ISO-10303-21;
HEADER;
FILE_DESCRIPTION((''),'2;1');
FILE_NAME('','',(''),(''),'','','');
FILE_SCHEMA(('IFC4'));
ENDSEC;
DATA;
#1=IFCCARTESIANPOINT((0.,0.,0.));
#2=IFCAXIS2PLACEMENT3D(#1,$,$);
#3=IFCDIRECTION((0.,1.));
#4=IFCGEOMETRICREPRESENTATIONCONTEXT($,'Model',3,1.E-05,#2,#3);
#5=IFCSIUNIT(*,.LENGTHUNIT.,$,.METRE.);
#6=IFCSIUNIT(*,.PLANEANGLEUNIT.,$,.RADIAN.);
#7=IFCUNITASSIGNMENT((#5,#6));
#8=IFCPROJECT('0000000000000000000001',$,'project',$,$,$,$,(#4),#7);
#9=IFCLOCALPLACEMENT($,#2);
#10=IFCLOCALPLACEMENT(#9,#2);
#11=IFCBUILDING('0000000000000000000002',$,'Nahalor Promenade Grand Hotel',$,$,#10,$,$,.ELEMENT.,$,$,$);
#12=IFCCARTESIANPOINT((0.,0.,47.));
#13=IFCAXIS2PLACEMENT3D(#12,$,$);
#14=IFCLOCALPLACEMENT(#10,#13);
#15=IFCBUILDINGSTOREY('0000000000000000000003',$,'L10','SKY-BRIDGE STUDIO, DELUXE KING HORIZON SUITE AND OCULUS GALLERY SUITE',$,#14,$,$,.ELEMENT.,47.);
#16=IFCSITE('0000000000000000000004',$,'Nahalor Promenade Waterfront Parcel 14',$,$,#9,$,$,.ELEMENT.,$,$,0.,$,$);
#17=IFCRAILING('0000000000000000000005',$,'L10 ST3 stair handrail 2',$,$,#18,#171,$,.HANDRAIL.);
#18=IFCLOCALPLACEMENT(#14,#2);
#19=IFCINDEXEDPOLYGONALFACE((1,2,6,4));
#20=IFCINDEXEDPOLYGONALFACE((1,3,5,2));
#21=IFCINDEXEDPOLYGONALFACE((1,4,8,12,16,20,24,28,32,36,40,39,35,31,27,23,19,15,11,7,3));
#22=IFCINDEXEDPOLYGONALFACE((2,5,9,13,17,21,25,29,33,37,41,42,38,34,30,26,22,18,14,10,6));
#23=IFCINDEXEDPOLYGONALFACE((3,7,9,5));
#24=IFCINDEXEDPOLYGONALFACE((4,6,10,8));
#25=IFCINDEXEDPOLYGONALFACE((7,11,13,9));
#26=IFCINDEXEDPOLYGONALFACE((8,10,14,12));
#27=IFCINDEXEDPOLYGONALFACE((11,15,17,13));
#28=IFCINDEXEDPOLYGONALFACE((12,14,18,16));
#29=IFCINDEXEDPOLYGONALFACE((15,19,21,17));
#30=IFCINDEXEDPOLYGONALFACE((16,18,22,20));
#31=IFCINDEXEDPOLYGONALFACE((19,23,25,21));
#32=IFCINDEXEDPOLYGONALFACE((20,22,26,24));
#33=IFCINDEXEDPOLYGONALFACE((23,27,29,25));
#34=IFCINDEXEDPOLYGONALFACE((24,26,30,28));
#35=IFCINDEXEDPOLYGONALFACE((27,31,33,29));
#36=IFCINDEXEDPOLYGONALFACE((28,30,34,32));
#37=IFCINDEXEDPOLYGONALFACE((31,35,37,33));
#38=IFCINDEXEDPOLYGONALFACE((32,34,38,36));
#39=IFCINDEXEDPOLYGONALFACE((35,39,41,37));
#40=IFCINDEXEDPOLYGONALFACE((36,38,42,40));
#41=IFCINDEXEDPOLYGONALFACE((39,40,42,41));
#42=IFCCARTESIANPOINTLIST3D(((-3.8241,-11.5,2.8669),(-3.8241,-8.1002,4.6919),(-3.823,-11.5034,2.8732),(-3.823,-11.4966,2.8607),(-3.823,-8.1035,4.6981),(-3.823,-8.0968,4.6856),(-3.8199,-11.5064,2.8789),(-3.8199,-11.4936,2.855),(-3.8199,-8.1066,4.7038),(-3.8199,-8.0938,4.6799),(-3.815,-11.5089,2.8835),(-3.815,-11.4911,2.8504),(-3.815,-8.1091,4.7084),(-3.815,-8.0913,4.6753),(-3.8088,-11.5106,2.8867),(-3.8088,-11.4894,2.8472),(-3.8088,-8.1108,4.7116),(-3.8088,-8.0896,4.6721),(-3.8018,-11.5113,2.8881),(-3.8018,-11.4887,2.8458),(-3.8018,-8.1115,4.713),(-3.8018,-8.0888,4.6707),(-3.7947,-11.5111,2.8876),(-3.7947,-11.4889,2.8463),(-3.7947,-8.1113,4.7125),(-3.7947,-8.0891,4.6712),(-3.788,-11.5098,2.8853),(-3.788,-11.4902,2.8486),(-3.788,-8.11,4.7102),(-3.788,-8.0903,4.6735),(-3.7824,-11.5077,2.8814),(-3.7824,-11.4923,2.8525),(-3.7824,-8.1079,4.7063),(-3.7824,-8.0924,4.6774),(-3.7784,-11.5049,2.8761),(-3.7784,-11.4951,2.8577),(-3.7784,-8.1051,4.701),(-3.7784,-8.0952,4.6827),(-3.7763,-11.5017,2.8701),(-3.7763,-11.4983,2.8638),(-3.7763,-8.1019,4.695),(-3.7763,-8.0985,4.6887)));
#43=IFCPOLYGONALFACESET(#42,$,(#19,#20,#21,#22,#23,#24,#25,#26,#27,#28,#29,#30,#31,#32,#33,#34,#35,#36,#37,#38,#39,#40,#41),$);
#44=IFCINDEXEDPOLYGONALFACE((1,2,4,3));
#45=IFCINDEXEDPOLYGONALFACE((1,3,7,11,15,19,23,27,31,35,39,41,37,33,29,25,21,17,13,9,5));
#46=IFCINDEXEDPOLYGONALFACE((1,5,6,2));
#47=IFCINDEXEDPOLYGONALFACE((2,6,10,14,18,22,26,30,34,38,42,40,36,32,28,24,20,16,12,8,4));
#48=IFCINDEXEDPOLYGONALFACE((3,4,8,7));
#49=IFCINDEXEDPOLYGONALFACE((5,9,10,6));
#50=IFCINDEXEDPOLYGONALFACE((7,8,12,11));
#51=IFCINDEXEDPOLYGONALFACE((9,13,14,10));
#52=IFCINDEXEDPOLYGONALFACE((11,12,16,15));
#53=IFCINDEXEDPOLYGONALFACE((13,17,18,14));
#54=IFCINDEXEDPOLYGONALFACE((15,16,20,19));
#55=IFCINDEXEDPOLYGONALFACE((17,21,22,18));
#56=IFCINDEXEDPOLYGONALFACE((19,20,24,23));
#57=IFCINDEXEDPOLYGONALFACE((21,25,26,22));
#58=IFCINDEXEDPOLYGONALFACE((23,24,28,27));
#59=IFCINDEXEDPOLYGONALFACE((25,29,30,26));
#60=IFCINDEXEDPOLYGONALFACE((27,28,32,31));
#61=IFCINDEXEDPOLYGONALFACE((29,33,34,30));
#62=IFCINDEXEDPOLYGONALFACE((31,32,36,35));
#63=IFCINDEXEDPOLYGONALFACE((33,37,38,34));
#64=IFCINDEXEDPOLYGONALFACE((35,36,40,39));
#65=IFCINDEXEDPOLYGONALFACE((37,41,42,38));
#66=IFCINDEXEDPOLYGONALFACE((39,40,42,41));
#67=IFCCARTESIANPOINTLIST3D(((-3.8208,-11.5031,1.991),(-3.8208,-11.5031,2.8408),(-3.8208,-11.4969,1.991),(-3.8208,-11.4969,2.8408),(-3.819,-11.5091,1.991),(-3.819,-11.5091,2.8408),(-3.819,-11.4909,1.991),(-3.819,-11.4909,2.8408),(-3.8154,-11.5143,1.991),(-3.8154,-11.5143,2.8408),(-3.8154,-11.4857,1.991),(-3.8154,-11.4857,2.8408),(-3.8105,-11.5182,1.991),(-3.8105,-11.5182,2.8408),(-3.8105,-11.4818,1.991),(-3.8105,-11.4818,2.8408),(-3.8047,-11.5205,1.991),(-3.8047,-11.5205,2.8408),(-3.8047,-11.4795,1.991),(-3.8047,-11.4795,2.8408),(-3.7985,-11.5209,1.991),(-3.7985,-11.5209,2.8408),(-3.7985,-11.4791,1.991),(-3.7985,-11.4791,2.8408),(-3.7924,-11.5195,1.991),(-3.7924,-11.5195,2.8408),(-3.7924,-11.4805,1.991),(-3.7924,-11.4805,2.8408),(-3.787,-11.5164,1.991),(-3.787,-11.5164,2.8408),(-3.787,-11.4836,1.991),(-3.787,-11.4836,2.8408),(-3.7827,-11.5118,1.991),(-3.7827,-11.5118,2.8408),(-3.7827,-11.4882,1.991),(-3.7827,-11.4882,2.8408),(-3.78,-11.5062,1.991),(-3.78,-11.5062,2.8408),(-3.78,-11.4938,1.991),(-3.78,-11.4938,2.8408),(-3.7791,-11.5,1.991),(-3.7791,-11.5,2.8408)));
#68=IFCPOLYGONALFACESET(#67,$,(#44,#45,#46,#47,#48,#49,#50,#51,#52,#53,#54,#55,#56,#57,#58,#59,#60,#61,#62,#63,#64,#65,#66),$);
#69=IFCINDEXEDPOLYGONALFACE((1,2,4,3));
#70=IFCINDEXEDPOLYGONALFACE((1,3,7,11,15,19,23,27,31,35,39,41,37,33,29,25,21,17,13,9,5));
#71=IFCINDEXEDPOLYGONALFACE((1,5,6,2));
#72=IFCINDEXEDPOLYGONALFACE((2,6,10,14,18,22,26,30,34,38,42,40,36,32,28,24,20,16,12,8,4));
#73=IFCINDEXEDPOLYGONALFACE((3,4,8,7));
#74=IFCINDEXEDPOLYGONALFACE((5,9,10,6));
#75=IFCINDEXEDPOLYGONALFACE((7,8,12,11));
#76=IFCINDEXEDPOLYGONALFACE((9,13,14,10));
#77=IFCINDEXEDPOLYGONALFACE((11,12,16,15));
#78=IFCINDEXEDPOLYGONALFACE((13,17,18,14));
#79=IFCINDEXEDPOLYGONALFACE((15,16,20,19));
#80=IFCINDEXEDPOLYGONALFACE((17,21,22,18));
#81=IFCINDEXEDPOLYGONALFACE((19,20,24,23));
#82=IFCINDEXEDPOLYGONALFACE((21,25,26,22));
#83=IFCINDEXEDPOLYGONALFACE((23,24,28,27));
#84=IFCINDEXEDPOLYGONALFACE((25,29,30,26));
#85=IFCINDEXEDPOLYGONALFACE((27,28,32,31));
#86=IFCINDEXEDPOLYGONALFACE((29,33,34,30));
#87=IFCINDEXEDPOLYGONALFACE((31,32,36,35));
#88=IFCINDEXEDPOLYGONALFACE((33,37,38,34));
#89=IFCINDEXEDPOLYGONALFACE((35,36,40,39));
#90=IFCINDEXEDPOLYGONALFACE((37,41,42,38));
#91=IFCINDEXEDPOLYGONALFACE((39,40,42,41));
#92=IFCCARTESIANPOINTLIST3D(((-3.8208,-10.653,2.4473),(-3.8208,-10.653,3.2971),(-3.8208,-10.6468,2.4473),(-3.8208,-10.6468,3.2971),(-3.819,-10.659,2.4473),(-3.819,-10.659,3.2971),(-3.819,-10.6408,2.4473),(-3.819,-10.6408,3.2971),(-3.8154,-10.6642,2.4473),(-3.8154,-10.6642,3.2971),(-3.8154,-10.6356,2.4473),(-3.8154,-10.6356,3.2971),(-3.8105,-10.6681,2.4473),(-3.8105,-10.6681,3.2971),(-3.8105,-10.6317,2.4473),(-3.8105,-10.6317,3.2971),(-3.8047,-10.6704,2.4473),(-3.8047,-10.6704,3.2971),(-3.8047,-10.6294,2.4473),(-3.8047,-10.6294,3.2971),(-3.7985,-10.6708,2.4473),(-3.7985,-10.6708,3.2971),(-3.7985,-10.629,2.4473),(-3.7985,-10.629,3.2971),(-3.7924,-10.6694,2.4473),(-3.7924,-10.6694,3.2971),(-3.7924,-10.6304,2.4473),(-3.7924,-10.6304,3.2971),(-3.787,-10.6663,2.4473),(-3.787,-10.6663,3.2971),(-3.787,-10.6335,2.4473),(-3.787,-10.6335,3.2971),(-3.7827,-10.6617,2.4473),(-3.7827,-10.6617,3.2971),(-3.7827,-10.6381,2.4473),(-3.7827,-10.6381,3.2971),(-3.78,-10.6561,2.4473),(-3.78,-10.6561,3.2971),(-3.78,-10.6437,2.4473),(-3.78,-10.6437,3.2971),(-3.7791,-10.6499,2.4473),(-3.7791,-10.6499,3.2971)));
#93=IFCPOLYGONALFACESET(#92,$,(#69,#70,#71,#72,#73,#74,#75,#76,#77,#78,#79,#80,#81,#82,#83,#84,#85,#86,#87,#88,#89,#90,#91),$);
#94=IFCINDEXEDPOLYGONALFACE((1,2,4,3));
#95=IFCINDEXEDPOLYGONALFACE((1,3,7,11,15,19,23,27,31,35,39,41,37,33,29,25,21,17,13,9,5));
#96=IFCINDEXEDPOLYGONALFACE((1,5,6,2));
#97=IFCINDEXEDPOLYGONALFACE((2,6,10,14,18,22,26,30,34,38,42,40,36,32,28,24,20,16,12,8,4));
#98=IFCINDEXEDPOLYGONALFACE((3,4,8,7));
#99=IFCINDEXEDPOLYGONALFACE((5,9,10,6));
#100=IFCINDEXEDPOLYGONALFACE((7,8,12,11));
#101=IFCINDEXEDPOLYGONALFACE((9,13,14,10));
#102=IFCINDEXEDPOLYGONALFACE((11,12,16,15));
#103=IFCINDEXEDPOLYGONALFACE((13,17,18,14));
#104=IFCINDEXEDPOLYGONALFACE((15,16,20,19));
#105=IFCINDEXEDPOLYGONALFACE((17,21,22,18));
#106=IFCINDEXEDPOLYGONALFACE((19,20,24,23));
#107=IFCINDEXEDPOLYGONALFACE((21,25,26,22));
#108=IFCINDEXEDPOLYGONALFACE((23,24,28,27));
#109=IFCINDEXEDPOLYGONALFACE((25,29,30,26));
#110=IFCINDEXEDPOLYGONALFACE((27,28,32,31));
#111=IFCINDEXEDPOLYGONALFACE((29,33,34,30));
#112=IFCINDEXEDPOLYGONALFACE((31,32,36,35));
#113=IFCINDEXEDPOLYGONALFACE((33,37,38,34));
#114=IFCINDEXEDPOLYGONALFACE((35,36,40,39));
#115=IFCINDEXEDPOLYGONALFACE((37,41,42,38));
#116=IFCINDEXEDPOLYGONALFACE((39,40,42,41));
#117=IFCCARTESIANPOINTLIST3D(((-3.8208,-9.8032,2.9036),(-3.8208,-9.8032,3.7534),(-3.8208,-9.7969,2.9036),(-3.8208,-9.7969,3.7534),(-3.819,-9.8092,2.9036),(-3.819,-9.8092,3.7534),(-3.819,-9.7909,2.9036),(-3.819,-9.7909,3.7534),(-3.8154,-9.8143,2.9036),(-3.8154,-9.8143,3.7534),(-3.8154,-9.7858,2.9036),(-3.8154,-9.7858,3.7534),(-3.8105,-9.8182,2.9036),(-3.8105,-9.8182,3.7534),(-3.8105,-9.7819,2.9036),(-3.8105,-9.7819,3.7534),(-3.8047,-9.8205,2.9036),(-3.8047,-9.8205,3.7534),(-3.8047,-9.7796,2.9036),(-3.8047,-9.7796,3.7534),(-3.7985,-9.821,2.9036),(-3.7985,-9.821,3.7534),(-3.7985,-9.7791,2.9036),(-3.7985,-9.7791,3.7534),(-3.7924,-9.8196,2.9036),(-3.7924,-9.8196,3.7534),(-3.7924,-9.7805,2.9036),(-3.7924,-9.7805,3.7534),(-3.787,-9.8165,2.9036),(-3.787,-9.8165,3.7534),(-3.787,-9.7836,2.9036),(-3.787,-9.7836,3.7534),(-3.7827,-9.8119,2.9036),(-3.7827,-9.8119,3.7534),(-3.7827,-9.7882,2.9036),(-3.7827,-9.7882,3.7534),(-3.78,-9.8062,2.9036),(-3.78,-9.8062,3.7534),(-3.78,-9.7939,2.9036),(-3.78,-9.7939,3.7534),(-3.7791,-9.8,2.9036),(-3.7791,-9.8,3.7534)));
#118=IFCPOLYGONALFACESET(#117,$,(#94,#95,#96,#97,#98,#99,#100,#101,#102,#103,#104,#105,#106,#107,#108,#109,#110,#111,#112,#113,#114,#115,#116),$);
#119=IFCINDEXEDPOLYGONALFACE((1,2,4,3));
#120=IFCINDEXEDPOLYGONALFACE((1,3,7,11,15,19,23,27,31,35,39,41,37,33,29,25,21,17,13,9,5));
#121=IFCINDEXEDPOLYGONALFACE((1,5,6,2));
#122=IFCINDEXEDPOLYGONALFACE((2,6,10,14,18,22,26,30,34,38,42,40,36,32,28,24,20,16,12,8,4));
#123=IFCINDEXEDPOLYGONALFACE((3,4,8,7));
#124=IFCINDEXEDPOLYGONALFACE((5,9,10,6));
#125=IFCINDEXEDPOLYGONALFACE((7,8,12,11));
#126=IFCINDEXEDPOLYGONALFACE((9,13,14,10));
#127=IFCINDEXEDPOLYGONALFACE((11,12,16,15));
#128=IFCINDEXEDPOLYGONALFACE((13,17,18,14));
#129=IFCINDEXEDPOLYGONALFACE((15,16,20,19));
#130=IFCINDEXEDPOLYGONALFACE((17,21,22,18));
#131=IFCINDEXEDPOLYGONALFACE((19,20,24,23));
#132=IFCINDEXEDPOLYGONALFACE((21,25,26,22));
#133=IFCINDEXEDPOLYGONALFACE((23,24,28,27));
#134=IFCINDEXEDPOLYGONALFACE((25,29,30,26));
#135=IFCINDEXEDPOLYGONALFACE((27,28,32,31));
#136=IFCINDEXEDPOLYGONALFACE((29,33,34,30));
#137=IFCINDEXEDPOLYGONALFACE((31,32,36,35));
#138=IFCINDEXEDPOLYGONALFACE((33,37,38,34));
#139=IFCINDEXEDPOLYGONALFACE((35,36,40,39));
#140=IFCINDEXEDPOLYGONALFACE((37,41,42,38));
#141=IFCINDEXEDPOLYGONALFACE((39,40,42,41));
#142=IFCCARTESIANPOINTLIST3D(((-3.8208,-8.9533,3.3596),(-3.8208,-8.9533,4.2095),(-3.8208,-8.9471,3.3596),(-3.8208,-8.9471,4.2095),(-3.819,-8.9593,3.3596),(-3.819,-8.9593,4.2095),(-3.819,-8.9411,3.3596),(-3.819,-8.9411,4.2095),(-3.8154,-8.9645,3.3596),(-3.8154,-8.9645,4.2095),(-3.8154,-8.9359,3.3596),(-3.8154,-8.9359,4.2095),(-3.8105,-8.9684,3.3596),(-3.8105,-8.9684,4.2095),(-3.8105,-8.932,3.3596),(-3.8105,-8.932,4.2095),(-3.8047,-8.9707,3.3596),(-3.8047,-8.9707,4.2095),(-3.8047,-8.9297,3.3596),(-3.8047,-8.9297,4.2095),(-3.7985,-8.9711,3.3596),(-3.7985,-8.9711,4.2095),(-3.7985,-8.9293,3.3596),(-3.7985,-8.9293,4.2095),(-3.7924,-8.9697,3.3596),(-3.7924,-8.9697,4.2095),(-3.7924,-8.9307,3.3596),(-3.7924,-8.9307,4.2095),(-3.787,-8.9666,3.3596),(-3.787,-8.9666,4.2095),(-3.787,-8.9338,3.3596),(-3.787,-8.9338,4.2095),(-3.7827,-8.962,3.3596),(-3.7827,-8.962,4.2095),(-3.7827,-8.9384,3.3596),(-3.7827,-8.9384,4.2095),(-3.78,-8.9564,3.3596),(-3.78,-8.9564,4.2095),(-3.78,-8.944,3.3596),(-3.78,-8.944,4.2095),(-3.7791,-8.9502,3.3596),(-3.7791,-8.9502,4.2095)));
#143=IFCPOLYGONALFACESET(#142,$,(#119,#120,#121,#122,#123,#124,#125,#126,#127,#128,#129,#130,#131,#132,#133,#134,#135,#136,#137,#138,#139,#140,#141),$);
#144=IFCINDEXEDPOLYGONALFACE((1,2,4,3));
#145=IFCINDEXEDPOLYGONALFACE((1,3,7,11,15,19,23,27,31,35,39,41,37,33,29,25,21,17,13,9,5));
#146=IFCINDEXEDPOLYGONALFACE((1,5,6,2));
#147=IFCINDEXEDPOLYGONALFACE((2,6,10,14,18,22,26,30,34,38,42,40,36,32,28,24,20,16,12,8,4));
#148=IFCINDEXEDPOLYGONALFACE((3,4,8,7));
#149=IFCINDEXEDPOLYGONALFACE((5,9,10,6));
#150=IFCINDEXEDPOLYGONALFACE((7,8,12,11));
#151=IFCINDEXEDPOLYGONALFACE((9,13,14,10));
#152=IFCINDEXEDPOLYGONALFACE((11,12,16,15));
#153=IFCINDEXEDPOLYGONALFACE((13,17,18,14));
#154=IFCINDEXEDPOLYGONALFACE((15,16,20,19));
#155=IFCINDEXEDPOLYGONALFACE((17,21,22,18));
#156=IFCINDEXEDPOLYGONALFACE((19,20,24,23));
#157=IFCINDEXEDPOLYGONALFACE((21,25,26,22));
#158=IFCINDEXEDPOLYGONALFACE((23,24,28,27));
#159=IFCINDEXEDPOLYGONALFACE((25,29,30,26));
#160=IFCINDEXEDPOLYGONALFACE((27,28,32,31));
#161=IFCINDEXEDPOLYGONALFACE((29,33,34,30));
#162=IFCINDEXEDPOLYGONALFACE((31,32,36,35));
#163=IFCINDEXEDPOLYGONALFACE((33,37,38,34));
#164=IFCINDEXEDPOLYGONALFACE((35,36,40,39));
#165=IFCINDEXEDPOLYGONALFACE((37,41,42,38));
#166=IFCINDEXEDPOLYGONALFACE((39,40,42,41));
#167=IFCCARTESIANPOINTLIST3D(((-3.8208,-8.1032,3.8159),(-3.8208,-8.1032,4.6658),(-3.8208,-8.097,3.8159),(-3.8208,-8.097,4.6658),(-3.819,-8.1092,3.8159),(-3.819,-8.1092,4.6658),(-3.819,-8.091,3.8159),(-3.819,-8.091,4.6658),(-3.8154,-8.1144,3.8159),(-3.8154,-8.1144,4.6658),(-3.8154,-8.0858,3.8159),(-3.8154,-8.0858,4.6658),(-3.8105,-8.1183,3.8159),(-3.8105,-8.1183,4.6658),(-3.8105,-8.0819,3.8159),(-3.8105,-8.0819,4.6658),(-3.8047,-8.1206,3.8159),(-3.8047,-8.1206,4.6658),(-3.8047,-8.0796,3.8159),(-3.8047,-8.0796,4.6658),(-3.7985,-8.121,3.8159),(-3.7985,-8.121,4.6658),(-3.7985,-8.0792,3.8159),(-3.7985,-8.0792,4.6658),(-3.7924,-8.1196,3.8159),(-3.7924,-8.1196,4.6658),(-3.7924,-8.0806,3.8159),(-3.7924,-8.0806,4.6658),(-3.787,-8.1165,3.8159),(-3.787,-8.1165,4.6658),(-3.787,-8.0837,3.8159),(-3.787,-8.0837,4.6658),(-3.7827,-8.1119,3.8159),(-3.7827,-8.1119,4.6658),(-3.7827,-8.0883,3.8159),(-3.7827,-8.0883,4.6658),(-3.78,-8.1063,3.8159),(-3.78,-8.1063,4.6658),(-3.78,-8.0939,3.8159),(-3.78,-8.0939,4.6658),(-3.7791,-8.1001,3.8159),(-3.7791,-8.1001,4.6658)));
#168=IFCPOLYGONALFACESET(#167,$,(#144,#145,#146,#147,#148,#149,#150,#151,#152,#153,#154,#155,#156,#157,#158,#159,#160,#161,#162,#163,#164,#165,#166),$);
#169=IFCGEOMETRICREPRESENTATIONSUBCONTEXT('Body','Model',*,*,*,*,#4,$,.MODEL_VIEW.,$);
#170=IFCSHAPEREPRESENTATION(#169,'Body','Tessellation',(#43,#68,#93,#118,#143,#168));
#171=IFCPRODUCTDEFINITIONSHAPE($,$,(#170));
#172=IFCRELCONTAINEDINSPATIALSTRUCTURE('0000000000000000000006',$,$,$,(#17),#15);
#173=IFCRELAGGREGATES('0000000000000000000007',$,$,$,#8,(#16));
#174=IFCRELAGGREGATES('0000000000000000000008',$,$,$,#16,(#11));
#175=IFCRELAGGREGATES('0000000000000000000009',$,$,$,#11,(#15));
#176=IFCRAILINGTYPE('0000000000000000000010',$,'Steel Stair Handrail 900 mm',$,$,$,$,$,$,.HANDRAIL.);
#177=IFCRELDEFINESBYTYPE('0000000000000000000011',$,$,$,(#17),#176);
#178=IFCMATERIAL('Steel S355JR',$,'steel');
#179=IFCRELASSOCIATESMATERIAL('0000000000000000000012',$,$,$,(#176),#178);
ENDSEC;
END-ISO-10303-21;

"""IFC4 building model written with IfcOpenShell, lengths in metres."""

from ifc_helpers import new_model, si_unit, direction, frame, origin, origin_2d, place, context, subcontext, project, spatial, circle, extrude, material, type_object, element, save


model = new_model("IFC4")

# Units and contexts
model_context = context("Model", 3, precision=1e-05, world=origin(), true_north=direction((0.0, 1.0)))
body_context = subcontext(model_context, "Body", "Model", "MODEL_VIEW")
ifc_project = project(units=[si_unit("LENGTHUNIT", "METRE"), si_unit("PLANEANGLEUNIT", "RADIAN")], contexts=[model_context])

# Site, building, storey
site_placement = place(None, origin())
site = spatial("IfcSite", under=ifc_project, at=site_placement, Name="Nahalor Promenade Waterfront Parcel 14", CompositionType="ELEMENT", RefElevation=0.0)
building_placement = place(site_placement, origin())
building = spatial("IfcBuilding", under=site, at=building_placement, Name="Nahalor Promenade Grand Hotel", CompositionType="ELEMENT")
storey_placement = place(building_placement, frame((0.0, 0.0, 47.0)))
storey = spatial("IfcBuildingStorey", under=building, at=storey_placement, Name="L10", Description="SKY-BRIDGE STUDIO, DELUXE KING HORIZON SUITE AND OCULUS GALLERY SUITE", CompositionType="ELEMENT", Elevation=47.0)

# Shared definitions
ifc_material_1 = material(Name="Steel S355JR", Category="steel")

# Railing
railing_type_1 = type_object("IfcRailingType", Name="Steel Stair Handrail 900 mm", PredefinedType="HANDRAIL", material=ifc_material_1)
railing_1_placement = place(storey_placement, frame((-3.8, -11.5, 1.991)))
element("IfcRailing", 1, at=railing_1_placement, inside=storey, type_object=railing_type_1, Name="L10 ST3 stair handrail 2", PredefinedType="HANDRAIL", context=body_context, shape_type="SweptSolid", body=[
    extrude(circle(Radius=0.024, at=origin_2d()), frame((0.0, 0.0, 0.876), z_axis=(0.0, 0.881094, 0.472941), x_axis=(-1.0, 0.0, 0.0)), (0.0, 0.0, 1.0), 3.8586),
    extrude(circle(Radius=0.021, at=origin_2d()), origin(), (0.0, 0.0, 1.0), 0.8499),
    extrude(circle(Radius=0.021, at=origin_2d()), frame((0.0, 0.8501, 0.4563)), (0.0, 0.0, 1.0), 0.8499),
    extrude(circle(Radius=0.021, at=origin_2d()), frame((0.0, 1.7, 0.9126)), (0.0, 0.0, 1.0), 0.8499),
    extrude(circle(Radius=0.021, at=origin_2d()), frame((0.0, 2.5498, 1.3687)), (0.0, 0.0, 1.0), 0.8499),
    extrude(circle(Radius=0.021, at=origin_2d()), frame((0.0, 3.3999, 1.825)), (0.0, 0.0, 1.0), 0.8499),
])

save(model, "model.ifc")
